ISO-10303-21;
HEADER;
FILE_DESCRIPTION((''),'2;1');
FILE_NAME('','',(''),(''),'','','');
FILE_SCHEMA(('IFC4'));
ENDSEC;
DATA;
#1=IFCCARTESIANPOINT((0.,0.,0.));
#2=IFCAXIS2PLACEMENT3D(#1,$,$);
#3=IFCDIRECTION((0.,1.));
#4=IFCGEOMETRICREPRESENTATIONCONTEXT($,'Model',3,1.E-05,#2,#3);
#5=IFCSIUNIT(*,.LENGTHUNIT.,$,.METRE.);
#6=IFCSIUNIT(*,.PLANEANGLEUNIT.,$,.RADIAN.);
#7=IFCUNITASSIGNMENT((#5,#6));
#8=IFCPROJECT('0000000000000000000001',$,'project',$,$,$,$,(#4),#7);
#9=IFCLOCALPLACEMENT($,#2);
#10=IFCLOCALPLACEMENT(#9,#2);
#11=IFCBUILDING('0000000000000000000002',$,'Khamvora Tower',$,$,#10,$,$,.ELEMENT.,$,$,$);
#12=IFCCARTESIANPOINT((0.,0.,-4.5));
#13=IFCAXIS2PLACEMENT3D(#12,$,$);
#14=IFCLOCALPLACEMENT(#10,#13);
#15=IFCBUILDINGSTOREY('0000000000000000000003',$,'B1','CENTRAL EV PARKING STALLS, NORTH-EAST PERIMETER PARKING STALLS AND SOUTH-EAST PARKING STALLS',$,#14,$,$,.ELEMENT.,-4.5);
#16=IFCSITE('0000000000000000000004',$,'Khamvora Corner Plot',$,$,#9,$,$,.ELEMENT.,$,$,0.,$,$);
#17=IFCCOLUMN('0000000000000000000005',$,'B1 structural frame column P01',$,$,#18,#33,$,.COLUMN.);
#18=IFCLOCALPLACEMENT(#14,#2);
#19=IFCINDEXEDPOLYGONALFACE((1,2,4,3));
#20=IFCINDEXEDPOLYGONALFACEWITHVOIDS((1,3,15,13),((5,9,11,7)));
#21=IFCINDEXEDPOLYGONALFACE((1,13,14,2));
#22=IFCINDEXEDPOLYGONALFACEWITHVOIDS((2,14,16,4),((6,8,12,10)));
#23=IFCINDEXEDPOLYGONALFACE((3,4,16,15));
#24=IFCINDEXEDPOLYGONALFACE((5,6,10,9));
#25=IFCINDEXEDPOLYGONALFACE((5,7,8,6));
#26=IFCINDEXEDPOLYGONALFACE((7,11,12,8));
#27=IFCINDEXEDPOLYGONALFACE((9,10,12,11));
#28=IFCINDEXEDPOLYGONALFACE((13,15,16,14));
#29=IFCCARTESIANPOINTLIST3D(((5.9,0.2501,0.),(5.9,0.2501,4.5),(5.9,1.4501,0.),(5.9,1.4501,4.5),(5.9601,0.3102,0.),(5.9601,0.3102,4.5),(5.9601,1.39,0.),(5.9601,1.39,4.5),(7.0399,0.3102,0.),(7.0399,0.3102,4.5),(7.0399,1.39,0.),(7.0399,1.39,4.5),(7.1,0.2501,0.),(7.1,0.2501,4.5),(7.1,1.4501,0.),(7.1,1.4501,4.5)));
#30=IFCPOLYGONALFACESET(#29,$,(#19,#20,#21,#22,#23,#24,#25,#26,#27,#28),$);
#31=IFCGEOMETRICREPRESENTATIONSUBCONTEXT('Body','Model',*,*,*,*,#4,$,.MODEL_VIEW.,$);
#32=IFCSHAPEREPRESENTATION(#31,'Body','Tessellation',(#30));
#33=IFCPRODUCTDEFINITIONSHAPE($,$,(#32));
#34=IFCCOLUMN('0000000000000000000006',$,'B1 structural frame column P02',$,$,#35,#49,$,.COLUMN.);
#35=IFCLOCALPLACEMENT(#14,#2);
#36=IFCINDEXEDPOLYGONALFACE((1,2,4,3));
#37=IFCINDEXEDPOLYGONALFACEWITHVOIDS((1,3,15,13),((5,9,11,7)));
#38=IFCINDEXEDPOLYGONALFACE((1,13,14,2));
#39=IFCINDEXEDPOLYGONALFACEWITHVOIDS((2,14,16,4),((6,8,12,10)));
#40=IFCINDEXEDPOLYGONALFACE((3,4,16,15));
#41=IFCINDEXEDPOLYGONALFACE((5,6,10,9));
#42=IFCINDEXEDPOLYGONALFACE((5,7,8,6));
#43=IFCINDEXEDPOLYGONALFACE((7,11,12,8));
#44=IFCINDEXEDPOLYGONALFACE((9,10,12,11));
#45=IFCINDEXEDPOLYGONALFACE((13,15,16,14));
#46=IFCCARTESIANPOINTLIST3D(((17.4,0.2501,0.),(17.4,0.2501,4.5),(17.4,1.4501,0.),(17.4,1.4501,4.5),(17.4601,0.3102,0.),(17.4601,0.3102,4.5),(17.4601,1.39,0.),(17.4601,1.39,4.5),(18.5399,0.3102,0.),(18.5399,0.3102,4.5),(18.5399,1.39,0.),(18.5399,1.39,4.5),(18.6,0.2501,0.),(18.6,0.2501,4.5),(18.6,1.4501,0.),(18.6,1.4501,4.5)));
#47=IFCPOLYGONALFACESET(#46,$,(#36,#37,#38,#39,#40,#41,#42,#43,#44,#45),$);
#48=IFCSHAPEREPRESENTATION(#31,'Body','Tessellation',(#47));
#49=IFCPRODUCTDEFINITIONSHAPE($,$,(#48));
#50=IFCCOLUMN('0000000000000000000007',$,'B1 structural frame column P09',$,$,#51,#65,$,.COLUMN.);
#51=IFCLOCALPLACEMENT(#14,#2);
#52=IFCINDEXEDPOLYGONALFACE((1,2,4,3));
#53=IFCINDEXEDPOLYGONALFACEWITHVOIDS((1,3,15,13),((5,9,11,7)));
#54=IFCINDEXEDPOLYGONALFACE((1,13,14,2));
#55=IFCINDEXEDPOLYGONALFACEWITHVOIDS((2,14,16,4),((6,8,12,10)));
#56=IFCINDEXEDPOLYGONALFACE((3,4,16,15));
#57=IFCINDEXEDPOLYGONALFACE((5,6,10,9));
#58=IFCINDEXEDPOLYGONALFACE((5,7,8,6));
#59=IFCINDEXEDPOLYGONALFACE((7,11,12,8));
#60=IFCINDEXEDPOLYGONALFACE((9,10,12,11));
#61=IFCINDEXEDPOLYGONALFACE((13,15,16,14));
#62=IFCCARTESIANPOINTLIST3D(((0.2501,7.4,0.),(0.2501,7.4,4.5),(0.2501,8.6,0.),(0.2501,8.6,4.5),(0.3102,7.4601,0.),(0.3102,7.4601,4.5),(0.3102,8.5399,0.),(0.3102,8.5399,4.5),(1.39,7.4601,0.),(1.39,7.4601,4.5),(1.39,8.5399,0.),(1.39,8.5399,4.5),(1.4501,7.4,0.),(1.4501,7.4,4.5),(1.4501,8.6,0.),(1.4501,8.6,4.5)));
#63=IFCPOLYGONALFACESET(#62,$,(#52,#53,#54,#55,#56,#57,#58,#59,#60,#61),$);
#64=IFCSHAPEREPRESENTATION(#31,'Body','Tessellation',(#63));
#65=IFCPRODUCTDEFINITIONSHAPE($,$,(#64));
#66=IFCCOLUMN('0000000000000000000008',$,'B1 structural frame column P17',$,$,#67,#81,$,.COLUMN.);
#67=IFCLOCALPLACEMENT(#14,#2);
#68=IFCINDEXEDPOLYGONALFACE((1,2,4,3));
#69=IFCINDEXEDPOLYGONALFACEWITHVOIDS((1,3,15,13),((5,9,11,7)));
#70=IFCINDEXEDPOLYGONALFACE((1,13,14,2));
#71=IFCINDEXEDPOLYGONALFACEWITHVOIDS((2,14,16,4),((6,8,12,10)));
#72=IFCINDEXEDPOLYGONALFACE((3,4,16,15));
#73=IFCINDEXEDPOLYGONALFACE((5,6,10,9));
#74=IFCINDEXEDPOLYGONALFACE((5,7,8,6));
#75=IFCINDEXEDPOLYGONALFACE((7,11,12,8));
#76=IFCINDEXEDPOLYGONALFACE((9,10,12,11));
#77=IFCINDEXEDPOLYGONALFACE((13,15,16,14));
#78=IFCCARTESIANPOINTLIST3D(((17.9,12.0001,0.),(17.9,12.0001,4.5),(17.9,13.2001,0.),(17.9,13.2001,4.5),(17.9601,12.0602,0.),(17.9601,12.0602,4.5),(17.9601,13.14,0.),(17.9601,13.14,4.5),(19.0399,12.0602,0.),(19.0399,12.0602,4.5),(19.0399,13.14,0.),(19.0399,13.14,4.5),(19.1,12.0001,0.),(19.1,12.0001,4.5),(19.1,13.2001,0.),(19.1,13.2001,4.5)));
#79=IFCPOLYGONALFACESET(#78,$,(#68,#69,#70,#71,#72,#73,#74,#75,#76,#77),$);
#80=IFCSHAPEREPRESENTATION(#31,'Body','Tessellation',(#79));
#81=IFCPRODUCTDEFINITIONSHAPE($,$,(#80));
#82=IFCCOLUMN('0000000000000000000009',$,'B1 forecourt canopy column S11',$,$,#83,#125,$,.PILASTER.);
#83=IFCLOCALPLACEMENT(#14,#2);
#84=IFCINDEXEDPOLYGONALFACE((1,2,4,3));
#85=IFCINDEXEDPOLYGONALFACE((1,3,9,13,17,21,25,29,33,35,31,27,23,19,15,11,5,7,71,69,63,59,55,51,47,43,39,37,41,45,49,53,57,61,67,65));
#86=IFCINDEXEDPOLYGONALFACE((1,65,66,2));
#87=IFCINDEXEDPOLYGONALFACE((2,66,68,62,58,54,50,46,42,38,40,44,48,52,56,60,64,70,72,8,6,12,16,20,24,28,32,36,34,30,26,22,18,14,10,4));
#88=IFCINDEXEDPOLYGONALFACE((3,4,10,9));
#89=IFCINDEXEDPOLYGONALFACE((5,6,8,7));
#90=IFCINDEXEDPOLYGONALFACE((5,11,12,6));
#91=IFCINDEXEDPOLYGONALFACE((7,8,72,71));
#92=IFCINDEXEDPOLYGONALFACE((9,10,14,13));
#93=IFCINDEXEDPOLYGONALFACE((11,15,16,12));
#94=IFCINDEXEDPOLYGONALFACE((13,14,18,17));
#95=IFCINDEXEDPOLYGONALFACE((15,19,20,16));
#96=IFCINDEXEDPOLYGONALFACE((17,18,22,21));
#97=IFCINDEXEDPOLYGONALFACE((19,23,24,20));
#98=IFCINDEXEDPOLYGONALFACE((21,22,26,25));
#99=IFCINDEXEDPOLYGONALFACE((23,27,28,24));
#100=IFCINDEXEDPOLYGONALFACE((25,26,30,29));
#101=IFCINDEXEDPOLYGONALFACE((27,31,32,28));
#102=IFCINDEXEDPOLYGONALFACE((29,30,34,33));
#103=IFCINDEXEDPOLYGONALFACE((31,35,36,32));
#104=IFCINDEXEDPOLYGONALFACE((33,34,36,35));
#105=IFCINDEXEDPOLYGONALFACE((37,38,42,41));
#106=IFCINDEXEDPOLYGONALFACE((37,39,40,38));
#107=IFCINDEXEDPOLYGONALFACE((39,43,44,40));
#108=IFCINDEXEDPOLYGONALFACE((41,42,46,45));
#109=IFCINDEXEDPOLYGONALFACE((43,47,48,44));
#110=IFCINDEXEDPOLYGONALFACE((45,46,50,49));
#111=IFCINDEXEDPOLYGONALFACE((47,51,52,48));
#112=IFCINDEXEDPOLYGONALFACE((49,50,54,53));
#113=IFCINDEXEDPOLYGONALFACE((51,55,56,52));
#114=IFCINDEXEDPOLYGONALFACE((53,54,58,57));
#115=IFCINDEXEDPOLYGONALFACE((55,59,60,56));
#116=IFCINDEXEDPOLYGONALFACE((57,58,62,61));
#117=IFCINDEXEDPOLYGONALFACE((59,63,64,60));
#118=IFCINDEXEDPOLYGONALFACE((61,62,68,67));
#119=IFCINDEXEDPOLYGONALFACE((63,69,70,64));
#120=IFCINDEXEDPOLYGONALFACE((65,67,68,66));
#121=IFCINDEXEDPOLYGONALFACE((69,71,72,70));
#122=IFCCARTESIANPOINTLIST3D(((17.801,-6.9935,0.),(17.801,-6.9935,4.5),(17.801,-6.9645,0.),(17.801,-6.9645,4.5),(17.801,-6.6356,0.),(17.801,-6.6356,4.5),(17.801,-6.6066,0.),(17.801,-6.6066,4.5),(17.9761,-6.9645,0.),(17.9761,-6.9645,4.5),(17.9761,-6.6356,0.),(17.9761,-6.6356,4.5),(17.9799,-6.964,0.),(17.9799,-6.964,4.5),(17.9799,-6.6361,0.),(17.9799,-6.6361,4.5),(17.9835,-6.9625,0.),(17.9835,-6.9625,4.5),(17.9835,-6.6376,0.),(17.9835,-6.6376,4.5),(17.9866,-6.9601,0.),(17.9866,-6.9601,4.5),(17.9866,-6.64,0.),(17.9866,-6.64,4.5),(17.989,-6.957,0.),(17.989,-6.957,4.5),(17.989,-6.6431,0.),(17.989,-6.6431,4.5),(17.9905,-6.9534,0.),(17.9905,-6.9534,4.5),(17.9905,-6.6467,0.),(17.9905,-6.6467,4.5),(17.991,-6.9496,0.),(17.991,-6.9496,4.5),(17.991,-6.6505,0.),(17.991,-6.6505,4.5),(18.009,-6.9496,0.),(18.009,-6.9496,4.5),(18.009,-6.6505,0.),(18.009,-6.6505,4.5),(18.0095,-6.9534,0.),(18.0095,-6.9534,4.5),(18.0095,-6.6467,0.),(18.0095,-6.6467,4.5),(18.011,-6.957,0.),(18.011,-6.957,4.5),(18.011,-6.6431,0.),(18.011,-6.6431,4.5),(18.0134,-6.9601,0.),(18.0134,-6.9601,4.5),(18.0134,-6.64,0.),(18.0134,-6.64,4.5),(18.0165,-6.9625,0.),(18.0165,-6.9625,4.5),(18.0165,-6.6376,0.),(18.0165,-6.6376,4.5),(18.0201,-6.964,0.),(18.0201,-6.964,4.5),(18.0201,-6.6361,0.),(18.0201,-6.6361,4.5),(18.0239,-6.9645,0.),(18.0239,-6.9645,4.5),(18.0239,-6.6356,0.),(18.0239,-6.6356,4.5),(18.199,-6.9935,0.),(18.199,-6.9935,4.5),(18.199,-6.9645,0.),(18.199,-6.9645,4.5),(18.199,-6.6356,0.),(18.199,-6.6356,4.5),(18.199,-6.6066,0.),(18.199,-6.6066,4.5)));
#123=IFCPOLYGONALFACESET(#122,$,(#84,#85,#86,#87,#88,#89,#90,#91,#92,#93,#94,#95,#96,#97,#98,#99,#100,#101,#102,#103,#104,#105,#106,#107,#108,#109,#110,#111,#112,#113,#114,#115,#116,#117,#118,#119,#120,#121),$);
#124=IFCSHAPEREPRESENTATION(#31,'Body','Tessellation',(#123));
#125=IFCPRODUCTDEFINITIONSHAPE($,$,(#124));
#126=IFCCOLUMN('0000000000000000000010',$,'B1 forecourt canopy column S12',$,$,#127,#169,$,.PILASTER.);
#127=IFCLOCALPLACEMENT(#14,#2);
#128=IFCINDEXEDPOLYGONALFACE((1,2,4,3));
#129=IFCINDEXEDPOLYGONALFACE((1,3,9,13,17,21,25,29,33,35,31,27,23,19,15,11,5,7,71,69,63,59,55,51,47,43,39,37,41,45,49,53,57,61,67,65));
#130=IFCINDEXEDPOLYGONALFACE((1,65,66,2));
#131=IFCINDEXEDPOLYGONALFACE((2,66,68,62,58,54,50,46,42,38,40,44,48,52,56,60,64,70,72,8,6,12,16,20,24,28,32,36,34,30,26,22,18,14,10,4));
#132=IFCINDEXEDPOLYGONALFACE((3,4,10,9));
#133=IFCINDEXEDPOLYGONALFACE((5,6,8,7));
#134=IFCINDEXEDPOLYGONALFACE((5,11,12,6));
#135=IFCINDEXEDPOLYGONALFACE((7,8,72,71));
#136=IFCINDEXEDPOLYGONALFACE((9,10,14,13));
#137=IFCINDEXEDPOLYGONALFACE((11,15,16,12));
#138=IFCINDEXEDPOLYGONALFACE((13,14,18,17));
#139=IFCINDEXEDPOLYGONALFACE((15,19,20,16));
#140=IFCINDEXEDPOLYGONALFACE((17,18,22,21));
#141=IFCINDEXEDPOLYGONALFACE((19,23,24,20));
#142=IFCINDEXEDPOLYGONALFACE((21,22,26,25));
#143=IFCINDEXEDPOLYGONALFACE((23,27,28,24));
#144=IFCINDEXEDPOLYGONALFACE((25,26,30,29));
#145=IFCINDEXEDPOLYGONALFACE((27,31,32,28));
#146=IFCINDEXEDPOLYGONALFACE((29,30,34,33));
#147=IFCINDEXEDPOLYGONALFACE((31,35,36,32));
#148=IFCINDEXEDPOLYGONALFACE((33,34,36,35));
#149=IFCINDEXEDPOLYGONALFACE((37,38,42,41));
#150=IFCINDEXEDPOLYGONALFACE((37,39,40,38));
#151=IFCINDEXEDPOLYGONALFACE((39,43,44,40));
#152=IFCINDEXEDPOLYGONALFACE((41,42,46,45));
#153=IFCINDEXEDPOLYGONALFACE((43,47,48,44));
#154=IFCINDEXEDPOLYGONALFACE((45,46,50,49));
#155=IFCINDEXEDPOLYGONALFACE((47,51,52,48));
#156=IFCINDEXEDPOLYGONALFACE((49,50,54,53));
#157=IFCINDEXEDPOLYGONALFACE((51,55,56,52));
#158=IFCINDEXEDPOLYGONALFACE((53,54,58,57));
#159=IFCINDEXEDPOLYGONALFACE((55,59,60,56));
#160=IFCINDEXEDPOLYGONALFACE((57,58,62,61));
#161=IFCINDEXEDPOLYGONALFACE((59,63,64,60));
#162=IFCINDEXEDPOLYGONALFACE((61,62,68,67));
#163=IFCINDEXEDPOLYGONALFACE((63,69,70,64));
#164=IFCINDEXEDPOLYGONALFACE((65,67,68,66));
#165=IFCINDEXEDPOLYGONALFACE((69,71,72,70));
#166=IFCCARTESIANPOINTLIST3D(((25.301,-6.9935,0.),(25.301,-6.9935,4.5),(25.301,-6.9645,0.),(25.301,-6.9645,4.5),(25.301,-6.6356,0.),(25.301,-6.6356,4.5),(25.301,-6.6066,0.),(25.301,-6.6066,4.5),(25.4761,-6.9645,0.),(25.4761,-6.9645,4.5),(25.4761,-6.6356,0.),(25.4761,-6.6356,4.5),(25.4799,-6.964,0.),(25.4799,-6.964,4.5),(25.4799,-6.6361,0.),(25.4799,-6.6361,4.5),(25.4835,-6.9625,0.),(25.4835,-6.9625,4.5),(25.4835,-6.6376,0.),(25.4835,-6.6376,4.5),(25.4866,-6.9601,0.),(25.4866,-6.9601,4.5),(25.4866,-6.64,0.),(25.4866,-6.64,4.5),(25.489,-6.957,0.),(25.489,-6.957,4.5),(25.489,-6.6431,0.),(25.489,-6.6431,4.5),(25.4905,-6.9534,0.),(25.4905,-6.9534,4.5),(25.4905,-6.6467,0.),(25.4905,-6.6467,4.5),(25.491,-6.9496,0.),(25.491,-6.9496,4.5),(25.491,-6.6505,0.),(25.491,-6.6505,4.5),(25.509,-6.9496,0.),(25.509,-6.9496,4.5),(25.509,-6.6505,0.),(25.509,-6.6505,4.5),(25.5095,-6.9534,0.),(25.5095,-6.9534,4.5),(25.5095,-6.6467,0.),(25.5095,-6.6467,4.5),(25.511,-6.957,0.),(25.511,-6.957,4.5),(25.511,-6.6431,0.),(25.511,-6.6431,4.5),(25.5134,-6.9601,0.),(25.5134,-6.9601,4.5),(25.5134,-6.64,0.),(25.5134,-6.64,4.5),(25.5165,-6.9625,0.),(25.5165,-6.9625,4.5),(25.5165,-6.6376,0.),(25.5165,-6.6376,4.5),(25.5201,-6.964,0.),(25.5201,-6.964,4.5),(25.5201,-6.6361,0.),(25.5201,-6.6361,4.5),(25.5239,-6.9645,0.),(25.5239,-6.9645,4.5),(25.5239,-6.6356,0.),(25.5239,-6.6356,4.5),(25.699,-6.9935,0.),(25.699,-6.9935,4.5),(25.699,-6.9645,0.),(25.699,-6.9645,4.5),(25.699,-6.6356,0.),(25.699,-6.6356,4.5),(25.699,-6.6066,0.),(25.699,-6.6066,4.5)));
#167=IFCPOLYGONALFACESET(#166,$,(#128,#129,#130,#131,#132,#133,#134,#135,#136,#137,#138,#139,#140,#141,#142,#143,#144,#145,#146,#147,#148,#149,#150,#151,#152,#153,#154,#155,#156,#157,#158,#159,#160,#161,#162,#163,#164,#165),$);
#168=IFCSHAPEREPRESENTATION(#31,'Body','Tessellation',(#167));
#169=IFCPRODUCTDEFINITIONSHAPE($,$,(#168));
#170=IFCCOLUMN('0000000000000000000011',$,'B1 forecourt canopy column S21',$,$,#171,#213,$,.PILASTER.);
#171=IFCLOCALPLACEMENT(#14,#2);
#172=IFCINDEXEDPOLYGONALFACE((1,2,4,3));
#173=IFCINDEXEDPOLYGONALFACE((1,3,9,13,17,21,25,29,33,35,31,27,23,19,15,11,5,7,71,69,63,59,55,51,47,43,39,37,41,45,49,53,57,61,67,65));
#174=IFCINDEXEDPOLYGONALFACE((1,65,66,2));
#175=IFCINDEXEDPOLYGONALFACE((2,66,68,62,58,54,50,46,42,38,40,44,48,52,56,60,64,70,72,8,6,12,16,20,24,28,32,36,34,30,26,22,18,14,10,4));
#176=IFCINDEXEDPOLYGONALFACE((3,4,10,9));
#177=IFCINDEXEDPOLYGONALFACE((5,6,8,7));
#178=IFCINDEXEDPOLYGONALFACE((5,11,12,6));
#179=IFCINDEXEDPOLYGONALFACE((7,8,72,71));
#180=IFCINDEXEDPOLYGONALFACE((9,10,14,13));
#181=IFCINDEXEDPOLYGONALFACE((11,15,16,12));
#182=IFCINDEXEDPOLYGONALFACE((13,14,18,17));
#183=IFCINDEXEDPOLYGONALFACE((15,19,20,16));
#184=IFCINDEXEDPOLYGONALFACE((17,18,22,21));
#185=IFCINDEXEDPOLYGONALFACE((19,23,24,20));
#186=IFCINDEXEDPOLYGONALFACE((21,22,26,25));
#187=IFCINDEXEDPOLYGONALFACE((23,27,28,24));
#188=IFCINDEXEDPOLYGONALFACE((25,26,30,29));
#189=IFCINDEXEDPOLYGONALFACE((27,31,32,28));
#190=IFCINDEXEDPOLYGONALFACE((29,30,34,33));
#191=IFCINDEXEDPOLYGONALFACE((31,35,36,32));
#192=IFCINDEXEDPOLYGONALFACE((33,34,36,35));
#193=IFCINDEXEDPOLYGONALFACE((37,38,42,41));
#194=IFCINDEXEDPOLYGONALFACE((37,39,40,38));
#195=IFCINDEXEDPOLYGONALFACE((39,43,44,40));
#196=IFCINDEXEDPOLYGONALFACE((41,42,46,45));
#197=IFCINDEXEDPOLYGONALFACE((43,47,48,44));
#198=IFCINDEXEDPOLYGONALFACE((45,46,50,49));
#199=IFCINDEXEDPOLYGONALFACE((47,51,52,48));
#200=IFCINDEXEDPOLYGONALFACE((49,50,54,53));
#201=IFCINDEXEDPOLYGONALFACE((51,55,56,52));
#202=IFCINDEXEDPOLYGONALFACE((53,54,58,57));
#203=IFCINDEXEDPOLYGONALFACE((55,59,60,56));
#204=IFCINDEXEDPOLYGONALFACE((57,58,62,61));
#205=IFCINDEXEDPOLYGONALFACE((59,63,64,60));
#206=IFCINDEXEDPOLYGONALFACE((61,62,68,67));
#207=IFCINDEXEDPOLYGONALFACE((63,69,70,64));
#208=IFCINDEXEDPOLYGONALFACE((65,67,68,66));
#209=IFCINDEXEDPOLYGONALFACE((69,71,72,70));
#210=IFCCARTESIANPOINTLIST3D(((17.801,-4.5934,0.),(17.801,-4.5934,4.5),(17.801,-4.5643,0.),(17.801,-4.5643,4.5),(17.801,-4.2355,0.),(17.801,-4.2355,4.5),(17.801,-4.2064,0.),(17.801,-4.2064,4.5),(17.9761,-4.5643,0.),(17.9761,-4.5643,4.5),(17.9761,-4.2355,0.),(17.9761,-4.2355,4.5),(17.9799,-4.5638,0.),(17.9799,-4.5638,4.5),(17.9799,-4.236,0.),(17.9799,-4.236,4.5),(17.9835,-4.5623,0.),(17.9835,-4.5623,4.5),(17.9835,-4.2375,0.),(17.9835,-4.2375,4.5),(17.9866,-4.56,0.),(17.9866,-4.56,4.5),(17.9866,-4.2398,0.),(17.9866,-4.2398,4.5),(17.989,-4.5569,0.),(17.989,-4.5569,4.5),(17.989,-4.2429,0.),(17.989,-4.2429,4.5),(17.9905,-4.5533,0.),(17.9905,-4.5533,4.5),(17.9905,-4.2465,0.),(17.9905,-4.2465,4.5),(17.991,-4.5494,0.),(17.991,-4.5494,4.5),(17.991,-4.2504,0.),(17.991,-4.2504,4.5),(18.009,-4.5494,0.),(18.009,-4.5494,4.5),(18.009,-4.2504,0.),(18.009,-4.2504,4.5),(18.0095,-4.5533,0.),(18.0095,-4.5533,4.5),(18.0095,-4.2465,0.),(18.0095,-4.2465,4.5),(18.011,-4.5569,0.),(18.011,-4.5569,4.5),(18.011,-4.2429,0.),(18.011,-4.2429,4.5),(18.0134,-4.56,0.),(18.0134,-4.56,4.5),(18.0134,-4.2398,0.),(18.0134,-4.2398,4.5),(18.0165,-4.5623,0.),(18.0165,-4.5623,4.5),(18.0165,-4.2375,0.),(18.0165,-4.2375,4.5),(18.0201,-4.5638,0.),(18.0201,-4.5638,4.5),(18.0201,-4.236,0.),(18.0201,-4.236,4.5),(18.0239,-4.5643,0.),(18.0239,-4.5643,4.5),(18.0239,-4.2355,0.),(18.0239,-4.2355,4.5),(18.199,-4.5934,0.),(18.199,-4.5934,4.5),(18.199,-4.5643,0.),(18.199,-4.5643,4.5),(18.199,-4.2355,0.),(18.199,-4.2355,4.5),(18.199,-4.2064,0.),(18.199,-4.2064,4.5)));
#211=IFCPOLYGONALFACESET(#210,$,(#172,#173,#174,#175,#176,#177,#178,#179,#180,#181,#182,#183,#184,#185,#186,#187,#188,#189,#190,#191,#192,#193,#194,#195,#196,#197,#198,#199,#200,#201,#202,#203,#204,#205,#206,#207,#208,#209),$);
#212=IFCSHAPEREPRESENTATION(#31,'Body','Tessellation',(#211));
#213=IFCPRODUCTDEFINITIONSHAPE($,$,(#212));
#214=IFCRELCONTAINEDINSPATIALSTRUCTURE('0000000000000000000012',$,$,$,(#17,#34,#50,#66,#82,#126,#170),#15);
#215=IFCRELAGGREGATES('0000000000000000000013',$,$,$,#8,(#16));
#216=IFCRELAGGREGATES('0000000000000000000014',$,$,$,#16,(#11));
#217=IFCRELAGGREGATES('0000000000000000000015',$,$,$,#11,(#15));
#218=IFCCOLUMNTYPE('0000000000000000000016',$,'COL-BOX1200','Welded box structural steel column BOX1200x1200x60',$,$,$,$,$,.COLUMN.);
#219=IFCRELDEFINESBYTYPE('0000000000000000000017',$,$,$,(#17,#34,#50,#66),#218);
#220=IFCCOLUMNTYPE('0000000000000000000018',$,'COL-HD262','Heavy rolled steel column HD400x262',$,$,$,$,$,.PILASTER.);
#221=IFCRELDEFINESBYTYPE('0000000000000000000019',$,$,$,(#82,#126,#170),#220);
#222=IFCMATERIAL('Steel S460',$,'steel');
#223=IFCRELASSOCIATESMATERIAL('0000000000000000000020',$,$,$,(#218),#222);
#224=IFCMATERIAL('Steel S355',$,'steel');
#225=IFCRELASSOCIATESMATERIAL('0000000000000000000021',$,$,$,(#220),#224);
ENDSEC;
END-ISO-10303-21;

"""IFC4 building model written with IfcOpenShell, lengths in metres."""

from ifc_helpers import new_model, si_unit, direction, frame, origin, origin_2d, place, context, subcontext, project, spatial, hollow_rectangle, i_section, extrude, material, material_profile, profile_set, type_object, element, save


model = new_model("IFC4")

# Units and contexts
model_context = context("Model", 3, precision=1e-05, world=origin(), true_north=direction((0.0, 1.0)))
body_context = subcontext(model_context, "Body", "Model", "MODEL_VIEW")
ifc_project = project(units=[si_unit("LENGTHUNIT", "METRE"), si_unit("PLANEANGLEUNIT", "RADIAN")], contexts=[model_context])

# Site, building, storey
site_placement = place(None, origin())
site = spatial("IfcSite", under=ifc_project, at=site_placement, Name="Khamvora Corner Plot", CompositionType="ELEMENT", RefElevation=0.0)
building_placement = place(site_placement, origin())
building = spatial("IfcBuilding", under=site, at=building_placement, Name="Khamvora Tower", CompositionType="ELEMENT")
storey_placement = place(building_placement, frame((0.0, 0.0, -4.5)))
storey = spatial("IfcBuildingStorey", under=building, at=storey_placement, Name="B1", Description="CENTRAL EV PARKING STALLS, NORTH-EAST PERIMETER PARKING STALLS AND SOUTH-EAST PARKING STALLS", CompositionType="ELEMENT", Elevation=-4.5)

# Columns
ifc_material_1 = material(Name="Steel S460", Category="steel")
ifc_material_profile_1 = material_profile(ifc_material_1, hollow_rectangle(XDim=1.2, YDim=1.2, WallThickness=0.0601, at=origin_2d()), Name="BOX1200x1200x60")
ifc_profile_set_1 = profile_set([ifc_material_profile_1], Name="Steel S460")
column_type_1 = type_object("IfcColumnType", Name="COL-BOX1200", Description="Welded box structural steel column BOX1200x1200x60", PredefinedType="COLUMN", material=ifc_profile_set_1)
for number, where, z_axis, x_axis, name in (
    (1, (6.5, 0.8501, 0.0), (0.0, 0.0, 1.0), (1.0, 0.0, 0.0), "B1 structural frame column P01"),
    (2, (18.0, 0.8501, 0.0), (0.0, 0.0, 1.0), (1.0, 0.0, 0.0), "B1 structural frame column P02"),
    (3, (0.8501, 8.0, 0.0), (0.0, 0.0, 1.0), (1.0, 0.0, 0.0), "B1 structural frame column P09"),
    (4, (18.5, 12.6001, 0.0), (0.0, 0.0, 1.0), (1.0, 0.0, 0.0), "B1 structural frame column P17"),
):
    element("IfcColumn", number, at=place(storey_placement, frame(where, z_axis=z_axis, x_axis=x_axis)), inside=storey, type_object=column_type_1, Name=name, PredefinedType="COLUMN", context=body_context, shape_type="SweptSolid", body=[
        extrude(hollow_rectangle(XDim=1.2, YDim=1.2, WallThickness=0.0601, at=origin_2d()), origin(), (0.0, 0.0, 1.0), 4.5),
    ])
ifc_material_2 = material(Name="Steel S355", Category="steel")
ifc_material_profile_2 = material_profile(ifc_material_2, i_section(OverallWidth=0.3979, OverallDepth=0.387, WebThickness=0.0181, FlangeThickness=0.0291, FilletRadius=0.0149, at=origin_2d()), Name="HD400x262")
ifc_profile_set_2 = profile_set([ifc_material_profile_2], Name="Steel S355")
column_type_2 = type_object("IfcColumnType", Name="COL-HD262", Description="Heavy rolled steel column HD400x262", PredefinedType="PILASTER", material=ifc_profile_set_2)
for number, where, z_axis, x_axis, name in (
    (5, (18.0, -6.8, 0.0), (0.0, 0.0, 1.0), (1.0, 0.0, 0.0), "B1 forecourt canopy column S11"),
    (6, (25.5, -6.8, 0.0), (0.0, 0.0, 1.0), (1.0, 0.0, 0.0), "B1 forecourt canopy column S12"),
    (7, (18.0, -4.3999, 0.0), (0.0, 0.0, 1.0), (1.0, 0.0, 0.0), "B1 forecourt canopy column S21"),
):
    element("IfcColumn", number, at=place(storey_placement, frame(where, z_axis=z_axis, x_axis=x_axis)), inside=storey, type_object=column_type_2, Name=name, PredefinedType="PILASTER", context=body_context, shape_type="SweptSolid", body=[
        extrude(i_section(OverallWidth=0.3979, OverallDepth=0.387, WebThickness=0.0181, FlangeThickness=0.0291, FilletRadius=0.0149, at=origin_2d()), origin(), (0.0, 0.0, 1.0), 4.5),
    ])

save(model, "model.ifc")
